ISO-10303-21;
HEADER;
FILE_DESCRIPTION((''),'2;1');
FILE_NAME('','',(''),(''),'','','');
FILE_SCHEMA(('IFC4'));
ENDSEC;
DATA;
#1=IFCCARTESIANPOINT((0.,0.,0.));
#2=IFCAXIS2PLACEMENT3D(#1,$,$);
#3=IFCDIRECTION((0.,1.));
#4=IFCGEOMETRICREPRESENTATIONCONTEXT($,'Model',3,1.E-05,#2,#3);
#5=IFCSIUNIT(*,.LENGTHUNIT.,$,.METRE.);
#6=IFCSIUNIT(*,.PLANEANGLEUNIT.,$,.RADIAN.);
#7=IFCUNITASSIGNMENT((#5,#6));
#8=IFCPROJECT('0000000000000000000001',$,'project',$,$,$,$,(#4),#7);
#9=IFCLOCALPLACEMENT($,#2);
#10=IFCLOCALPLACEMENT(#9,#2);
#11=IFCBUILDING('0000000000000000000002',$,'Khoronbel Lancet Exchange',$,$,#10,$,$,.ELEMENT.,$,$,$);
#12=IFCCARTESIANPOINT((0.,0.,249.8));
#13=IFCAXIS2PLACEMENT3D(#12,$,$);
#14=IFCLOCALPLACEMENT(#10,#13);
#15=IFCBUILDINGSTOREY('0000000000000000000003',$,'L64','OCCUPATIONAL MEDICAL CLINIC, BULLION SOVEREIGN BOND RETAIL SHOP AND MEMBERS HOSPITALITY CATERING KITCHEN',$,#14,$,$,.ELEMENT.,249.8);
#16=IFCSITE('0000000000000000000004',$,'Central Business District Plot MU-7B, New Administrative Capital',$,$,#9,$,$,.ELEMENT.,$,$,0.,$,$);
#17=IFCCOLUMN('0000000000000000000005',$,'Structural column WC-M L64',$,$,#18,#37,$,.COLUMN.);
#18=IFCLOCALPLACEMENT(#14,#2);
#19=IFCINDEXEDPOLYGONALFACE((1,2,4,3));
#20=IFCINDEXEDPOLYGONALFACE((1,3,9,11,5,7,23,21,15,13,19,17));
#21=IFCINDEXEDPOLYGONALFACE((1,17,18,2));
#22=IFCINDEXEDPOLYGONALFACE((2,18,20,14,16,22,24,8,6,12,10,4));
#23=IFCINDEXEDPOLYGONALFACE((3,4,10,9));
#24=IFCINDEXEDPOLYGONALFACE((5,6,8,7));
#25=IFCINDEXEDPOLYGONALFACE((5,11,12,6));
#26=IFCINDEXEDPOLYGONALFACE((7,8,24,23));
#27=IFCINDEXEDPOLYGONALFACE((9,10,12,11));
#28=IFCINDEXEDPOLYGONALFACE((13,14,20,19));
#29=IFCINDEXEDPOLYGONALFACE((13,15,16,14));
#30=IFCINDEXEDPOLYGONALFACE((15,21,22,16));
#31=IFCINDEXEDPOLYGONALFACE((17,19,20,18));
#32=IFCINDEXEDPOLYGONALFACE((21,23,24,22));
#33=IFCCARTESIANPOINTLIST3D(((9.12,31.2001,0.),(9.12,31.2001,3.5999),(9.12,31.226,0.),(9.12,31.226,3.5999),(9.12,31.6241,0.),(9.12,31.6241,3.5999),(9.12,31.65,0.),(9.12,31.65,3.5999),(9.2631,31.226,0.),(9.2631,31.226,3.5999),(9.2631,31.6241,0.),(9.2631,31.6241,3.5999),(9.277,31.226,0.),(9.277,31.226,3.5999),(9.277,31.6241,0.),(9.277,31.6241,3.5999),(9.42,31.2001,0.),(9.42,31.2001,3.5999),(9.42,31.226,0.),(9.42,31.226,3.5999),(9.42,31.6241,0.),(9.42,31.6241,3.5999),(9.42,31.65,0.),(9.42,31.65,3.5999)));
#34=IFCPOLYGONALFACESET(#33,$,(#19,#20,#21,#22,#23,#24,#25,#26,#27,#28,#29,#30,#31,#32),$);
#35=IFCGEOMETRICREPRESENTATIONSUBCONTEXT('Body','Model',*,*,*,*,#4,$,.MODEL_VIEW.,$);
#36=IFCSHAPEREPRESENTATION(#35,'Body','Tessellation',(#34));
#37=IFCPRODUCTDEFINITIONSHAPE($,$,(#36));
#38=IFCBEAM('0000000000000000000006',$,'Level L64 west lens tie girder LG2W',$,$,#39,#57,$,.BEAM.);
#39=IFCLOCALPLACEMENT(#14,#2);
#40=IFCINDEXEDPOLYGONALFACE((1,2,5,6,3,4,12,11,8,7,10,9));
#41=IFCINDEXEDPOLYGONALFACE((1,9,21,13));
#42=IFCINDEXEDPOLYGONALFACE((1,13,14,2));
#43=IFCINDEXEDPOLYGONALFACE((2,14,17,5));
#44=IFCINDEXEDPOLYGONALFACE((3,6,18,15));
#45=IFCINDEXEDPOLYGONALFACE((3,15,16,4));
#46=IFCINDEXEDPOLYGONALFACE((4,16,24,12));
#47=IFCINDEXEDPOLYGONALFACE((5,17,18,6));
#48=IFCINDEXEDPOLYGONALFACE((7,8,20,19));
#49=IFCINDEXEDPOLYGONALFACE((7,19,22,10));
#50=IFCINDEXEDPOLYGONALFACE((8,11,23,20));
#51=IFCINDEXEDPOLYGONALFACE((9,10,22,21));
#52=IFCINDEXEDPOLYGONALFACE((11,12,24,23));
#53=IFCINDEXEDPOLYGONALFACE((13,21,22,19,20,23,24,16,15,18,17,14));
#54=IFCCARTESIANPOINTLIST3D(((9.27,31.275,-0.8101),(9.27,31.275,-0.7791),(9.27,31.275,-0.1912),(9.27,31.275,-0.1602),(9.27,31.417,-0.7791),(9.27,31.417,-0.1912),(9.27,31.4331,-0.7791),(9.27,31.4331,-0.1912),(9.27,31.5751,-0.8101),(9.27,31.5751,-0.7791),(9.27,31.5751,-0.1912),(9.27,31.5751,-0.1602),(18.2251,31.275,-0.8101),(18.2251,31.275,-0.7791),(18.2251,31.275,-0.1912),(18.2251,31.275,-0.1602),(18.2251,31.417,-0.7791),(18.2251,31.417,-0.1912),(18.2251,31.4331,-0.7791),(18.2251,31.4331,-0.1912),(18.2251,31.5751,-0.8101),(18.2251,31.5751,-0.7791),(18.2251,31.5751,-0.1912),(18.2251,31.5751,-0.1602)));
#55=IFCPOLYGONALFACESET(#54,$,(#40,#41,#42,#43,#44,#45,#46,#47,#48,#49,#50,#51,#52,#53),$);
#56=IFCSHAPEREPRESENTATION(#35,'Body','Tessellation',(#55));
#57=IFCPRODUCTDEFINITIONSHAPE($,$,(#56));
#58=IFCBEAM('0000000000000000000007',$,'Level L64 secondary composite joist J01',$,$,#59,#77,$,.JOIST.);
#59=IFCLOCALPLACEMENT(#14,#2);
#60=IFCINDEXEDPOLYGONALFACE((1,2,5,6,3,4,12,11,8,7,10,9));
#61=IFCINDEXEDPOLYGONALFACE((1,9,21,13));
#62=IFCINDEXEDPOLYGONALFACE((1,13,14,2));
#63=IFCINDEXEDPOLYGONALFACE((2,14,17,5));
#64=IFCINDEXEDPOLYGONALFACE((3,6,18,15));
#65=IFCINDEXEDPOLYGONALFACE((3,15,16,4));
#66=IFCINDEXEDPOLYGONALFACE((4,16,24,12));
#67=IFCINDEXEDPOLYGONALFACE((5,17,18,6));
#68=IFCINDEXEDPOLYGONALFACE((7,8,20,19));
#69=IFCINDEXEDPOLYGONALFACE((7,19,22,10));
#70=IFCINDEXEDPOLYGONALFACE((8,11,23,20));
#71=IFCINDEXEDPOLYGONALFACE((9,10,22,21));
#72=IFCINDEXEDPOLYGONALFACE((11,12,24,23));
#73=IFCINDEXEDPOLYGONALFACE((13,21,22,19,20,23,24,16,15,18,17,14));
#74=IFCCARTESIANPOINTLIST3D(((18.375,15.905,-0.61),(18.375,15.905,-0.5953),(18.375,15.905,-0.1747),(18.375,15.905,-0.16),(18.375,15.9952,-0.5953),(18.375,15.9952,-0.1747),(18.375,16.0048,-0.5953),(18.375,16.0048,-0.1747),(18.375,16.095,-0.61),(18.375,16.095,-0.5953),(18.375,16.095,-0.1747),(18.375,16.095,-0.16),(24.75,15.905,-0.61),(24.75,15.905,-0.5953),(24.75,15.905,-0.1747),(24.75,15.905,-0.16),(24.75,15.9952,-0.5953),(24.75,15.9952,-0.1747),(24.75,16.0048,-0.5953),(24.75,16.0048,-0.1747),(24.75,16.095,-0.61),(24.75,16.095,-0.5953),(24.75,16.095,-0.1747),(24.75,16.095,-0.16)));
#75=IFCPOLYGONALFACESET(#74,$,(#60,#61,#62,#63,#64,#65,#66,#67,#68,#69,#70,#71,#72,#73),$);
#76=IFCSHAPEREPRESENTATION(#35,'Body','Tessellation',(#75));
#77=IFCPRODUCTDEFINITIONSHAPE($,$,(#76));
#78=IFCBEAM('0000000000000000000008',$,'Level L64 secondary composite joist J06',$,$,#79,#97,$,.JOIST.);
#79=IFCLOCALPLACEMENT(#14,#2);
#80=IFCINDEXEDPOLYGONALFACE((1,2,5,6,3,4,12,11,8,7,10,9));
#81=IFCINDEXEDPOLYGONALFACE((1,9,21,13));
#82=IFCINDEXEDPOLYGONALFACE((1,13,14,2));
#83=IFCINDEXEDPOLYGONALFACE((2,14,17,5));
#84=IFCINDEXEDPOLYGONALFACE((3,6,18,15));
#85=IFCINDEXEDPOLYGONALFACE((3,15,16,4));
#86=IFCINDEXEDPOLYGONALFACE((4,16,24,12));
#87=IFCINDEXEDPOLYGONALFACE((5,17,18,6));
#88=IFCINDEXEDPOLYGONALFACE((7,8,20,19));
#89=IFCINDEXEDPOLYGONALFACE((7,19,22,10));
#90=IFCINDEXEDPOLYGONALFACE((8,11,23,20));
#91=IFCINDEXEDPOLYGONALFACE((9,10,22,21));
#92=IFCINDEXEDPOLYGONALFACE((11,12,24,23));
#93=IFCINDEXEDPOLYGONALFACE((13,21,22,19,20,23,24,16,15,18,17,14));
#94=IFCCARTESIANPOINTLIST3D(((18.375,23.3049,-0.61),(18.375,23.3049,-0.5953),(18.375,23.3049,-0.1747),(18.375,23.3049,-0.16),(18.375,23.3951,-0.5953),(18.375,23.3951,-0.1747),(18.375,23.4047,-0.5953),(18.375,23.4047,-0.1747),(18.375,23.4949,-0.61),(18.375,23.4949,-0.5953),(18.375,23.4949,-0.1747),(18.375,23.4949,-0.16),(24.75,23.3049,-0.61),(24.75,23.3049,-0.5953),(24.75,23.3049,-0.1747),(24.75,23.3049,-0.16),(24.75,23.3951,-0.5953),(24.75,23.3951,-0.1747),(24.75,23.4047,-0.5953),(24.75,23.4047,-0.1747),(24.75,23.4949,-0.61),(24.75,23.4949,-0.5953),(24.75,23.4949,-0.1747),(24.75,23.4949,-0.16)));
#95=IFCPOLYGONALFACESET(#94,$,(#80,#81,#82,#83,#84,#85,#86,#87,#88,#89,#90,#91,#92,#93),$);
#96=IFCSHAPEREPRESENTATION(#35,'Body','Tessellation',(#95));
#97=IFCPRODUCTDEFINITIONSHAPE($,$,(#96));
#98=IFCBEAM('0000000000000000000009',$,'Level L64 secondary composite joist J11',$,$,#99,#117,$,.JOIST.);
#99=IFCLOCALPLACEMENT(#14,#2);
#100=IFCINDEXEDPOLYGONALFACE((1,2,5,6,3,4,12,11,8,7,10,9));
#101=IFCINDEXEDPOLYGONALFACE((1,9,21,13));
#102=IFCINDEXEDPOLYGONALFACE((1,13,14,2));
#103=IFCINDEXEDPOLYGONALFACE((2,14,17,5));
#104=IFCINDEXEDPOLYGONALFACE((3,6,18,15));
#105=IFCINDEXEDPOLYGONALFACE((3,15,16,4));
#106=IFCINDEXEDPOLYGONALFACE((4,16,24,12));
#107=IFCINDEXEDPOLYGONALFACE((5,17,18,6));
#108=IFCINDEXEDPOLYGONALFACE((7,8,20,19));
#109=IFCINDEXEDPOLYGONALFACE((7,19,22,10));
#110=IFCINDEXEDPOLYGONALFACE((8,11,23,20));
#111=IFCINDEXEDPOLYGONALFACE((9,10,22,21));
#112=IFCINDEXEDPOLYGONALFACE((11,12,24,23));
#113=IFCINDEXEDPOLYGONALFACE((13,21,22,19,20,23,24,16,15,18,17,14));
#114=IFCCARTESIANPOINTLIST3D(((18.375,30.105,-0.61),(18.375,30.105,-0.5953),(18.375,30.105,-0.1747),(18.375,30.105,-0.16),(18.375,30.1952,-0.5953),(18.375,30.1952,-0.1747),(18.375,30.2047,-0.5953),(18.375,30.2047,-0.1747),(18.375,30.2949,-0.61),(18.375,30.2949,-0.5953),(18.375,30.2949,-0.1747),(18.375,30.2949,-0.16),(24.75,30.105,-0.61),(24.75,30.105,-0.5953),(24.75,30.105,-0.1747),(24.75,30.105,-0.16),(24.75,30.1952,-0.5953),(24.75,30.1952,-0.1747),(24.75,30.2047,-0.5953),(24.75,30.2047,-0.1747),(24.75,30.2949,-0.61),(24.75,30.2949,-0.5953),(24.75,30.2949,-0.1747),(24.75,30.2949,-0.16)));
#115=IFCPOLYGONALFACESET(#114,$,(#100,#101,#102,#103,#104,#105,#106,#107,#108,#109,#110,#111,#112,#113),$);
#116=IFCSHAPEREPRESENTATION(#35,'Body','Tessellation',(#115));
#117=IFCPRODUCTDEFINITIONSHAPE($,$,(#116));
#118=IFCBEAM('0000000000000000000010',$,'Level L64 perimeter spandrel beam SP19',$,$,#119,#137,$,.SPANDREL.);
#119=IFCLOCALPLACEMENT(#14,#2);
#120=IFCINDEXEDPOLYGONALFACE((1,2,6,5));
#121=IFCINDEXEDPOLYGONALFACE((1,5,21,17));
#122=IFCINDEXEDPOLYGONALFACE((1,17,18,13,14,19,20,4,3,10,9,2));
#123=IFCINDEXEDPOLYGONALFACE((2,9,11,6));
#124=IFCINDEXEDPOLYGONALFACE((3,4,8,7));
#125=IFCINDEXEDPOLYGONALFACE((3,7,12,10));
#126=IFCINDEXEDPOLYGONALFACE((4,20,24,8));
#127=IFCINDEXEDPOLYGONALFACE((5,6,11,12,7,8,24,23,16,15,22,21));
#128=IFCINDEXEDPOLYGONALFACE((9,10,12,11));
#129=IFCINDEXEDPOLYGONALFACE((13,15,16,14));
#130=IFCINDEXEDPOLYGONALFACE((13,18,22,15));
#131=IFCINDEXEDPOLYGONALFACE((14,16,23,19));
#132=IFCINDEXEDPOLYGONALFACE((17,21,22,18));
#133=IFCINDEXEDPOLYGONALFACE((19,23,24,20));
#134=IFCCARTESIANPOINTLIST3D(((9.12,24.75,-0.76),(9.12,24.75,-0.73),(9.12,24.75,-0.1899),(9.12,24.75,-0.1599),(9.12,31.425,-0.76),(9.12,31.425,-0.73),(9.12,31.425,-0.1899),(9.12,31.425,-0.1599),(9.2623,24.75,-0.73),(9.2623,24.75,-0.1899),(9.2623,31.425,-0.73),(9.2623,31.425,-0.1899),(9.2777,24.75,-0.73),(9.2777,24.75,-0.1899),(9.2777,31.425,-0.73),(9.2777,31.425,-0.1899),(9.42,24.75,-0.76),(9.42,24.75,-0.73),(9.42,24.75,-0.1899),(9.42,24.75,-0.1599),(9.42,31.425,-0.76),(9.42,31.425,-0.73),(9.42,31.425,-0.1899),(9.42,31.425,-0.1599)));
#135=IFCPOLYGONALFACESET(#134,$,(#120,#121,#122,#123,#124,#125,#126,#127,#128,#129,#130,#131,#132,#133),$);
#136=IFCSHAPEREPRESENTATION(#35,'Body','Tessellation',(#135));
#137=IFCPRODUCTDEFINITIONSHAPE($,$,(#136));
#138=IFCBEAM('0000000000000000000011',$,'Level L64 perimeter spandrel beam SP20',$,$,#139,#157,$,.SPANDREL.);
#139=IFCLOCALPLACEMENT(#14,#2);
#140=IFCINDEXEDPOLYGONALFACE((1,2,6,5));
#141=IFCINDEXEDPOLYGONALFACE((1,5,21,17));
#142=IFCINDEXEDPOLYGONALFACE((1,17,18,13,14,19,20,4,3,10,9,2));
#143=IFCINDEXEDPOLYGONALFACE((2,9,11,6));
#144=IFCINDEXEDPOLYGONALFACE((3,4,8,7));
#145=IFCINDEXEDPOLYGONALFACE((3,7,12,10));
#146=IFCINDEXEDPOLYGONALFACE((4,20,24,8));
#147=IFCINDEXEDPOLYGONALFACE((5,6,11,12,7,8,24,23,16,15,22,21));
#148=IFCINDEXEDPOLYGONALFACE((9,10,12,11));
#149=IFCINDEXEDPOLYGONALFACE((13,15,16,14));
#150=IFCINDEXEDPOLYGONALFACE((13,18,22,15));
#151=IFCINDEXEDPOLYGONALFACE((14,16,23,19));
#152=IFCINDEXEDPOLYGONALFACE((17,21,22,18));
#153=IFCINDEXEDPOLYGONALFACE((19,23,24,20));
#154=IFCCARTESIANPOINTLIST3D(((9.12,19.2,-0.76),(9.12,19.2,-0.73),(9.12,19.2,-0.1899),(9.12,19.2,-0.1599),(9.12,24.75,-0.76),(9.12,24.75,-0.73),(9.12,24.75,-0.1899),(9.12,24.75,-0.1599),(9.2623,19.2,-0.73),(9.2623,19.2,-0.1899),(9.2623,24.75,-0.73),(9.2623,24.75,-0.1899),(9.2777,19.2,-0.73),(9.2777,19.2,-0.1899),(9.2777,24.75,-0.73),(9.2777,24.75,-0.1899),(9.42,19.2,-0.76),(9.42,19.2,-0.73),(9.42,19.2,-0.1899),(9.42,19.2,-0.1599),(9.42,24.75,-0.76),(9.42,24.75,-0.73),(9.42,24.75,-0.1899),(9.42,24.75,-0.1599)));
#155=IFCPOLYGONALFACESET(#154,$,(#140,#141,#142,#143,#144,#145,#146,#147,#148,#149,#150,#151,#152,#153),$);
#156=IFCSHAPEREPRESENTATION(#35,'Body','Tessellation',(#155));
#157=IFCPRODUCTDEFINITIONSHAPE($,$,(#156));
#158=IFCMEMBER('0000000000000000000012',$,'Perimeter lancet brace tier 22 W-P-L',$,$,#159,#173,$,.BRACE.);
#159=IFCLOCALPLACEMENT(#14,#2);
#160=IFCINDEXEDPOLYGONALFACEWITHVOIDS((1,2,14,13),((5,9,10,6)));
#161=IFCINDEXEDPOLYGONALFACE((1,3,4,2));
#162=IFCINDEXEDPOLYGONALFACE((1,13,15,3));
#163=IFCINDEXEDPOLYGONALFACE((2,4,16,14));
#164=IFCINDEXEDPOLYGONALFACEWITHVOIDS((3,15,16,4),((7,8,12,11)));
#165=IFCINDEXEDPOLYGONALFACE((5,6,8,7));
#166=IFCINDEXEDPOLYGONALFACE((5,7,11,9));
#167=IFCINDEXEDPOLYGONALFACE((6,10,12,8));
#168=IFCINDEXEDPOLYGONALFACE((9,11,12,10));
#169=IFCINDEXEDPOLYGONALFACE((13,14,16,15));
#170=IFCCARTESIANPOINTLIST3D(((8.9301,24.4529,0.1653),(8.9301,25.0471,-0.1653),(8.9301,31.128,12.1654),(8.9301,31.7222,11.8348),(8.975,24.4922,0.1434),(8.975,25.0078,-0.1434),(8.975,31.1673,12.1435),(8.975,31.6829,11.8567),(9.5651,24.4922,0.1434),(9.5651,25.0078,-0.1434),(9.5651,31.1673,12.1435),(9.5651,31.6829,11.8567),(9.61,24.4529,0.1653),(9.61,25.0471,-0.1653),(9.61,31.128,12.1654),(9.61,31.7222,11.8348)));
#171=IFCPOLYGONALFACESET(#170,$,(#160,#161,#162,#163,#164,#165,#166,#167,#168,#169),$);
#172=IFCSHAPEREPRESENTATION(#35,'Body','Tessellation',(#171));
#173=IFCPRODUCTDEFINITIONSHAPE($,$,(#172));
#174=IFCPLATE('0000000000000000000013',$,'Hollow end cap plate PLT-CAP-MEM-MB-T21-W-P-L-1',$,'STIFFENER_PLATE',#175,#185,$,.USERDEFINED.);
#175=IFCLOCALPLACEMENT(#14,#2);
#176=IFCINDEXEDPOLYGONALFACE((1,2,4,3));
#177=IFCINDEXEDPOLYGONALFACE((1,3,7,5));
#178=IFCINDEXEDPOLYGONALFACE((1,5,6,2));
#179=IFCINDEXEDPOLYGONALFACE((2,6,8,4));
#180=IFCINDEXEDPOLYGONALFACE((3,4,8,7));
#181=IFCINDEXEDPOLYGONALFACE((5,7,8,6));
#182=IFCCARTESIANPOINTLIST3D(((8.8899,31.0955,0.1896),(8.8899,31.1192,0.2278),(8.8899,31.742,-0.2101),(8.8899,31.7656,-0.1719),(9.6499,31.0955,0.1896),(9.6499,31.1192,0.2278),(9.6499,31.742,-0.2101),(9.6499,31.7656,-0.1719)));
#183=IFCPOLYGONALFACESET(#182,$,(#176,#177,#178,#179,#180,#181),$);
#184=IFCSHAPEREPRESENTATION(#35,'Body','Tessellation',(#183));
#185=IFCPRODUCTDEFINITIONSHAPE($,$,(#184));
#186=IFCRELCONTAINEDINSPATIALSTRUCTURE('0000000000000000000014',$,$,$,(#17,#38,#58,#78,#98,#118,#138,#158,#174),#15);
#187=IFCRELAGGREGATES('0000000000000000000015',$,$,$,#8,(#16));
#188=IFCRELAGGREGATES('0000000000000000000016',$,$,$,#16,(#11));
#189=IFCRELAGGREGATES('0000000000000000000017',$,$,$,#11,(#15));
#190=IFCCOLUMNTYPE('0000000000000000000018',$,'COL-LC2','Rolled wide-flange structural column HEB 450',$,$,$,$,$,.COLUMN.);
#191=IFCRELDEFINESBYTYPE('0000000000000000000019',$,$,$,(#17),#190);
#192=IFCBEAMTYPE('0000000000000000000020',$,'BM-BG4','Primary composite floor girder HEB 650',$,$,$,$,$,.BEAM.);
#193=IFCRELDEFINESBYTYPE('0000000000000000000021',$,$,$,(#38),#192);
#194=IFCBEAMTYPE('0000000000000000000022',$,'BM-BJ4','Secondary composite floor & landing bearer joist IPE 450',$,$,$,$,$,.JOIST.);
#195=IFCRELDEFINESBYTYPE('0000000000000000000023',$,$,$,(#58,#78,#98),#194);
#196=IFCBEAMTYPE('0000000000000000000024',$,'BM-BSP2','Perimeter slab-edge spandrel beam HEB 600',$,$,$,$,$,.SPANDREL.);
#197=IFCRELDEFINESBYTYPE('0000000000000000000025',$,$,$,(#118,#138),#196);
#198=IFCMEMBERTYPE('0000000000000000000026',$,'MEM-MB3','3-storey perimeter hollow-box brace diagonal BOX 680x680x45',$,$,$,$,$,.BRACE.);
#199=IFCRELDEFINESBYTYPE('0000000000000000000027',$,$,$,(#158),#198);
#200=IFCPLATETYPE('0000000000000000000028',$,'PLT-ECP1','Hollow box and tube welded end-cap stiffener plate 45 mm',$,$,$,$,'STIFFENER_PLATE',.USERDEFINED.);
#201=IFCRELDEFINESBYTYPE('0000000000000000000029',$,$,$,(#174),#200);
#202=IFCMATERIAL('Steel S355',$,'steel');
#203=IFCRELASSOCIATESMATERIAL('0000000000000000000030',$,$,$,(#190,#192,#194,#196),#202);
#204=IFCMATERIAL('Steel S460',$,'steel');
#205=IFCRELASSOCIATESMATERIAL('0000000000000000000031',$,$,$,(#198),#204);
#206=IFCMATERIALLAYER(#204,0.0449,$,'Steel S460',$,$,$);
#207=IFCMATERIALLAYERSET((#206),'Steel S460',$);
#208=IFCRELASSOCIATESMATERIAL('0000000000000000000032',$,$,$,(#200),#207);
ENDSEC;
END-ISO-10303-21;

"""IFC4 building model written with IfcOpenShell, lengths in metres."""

from ifc_helpers import new_model, si_unit, direction, frame, origin, origin_2d, place, context, subcontext, project, spatial, polyline, hollow_rectangle, i_section, outline, extrude, material, layer, layer_set, material_profile, profile_set, type_object, element, save


model = new_model("IFC4")

# Units and contexts
model_context = context("Model", 3, precision=1e-05, world=origin(), true_north=direction((0.0, 1.0)))
body_context = subcontext(model_context, "Body", "Model", "MODEL_VIEW")
ifc_project = project(units=[si_unit("LENGTHUNIT", "METRE"), si_unit("PLANEANGLEUNIT", "RADIAN")], contexts=[model_context])

# Site, building, storey
site_placement = place(None, origin())
site = spatial("IfcSite", under=ifc_project, at=site_placement, Name="Central Business District Plot MU-7B, New Administrative Capital", CompositionType="ELEMENT", RefElevation=0.0)
building_placement = place(site_placement, origin())
building = spatial("IfcBuilding", under=site, at=building_placement, Name="Khoronbel Lancet Exchange", CompositionType="ELEMENT")
storey_placement = place(building_placement, frame((0.0, 0.0, 249.8)))
storey = spatial("IfcBuildingStorey", under=building, at=storey_placement, Name="L64", Description="OCCUPATIONAL MEDICAL CLINIC, BULLION SOVEREIGN BOND RETAIL SHOP AND MEMBERS HOSPITALITY CATERING KITCHEN", CompositionType="ELEMENT", Elevation=249.8)

# Column
ifc_material_1 = material(Name="Steel S355", Category="steel")
ifc_material_profile_1 = material_profile(ifc_material_1, i_section(OverallWidth=0.3, OverallDepth=0.45, WebThickness=0.0139, FlangeThickness=0.0259, at=origin_2d()), Name="HEB 450")
ifc_profile_set_1 = profile_set([ifc_material_profile_1], Name="Steel S355")
column_type = type_object("IfcColumnType", Name="COL-LC2", Description="Rolled wide-flange structural column HEB 450", PredefinedType="COLUMN", material=ifc_profile_set_1)
column_placement = place(storey_placement, frame((9.27, 31.425, 0.0), z_axis=(0.0, 0.0, 1.0), x_axis=(1.0, 0.0, 0.0)))
element("IfcColumn", 1, at=column_placement, inside=storey, type_object=column_type, Name="Structural column WC-M L64", PredefinedType="COLUMN", context=body_context, shape_type="SweptSolid", body=[
    extrude(i_section(OverallWidth=0.3, OverallDepth=0.45, WebThickness=0.0139, FlangeThickness=0.0259, at=origin_2d()), origin(), (0.0, 0.0, 1.0), 3.5999),
])

# Beams
ifc_material_profile_2 = material_profile(ifc_material_1, i_section(OverallWidth=0.3, OverallDepth=0.6499, WebThickness=0.0161, FlangeThickness=0.031, at=origin_2d()), Name="HEB 650")
ifc_profile_set_2 = profile_set([ifc_material_profile_2], Name="Steel S355")
beam_type_1 = type_object("IfcBeamType", Name="BM-BG4", Description="Primary composite floor girder HEB 650", PredefinedType="BEAM", material=ifc_profile_set_2)
beam_1_placement = place(storey_placement, frame((9.27, 31.425, -0.4851), z_axis=(1.0, 0.0, 0.0), x_axis=(0.0, 1.0, 0.0)))
element("IfcBeam", 2, at=beam_1_placement, inside=storey, type_object=beam_type_1, Name="Level L64 west lens tie girder LG2W", PredefinedType="BEAM", context=body_context, shape_type="SweptSolid", body=[
    extrude(i_section(OverallWidth=0.3, OverallDepth=0.6499, WebThickness=0.0161, FlangeThickness=0.031, at=origin_2d()), origin(), (0.0, 0.0, 1.0), 8.9551),
])
ifc_material_profile_3 = material_profile(ifc_material_1, i_section(OverallWidth=0.1899, OverallDepth=0.45, WebThickness=0.0095, FlangeThickness=0.0146, at=origin_2d()), Name="IPE 450")
ifc_profile_set_3 = profile_set([ifc_material_profile_3], Name="Steel S355")
beam_type_2 = type_object("IfcBeamType", Name="BM-BJ4", Description="Secondary composite floor & landing bearer joist IPE 450", PredefinedType="JOIST", material=ifc_profile_set_3)
for number, where, z_axis, x_axis, name in (
    (3, (18.375, 16.0, -0.385), (1.0, 0.0, 0.0), (0.0, 1.0, 0.0), "Level L64 secondary composite joist J01"),
    (4, (18.375, 23.3999, -0.385), (1.0, 0.0, 0.0), (0.0, 1.0, 0.0), "Level L64 secondary composite joist J06"),
    (5, (18.375, 30.2, -0.385), (1.0, 0.0, 0.0), (0.0, 1.0, 0.0), "Level L64 secondary composite joist J11"),
):
    element("IfcBeam", number, at=place(storey_placement, frame(where, z_axis=z_axis, x_axis=x_axis)), inside=storey, type_object=beam_type_2, Name=name, PredefinedType="JOIST", context=body_context, shape_type="SweptSolid", body=[
        extrude(i_section(OverallWidth=0.1899, OverallDepth=0.45, WebThickness=0.0095, FlangeThickness=0.0146, at=origin_2d()), origin(), (0.0, 0.0, 1.0), 6.375),
    ])
ifc_material_profile_4 = material_profile(ifc_material_1, i_section(OverallWidth=0.3, OverallDepth=0.6001, WebThickness=0.0154, FlangeThickness=0.03, at=origin_2d()), Name="HEB 600")
ifc_profile_set_4 = profile_set([ifc_material_profile_4], Name="Steel S355")
beam_type_3 = type_object("IfcBeamType", Name="BM-BSP2", Description="Perimeter slab-edge spandrel beam HEB 600", PredefinedType="SPANDREL", material=ifc_profile_set_4)
beam_2_placement = place(storey_placement, frame((9.27, 31.425, -0.46), z_axis=(0.0, -1.0, 0.0), x_axis=(1.0, 0.0, 0.0)))
element("IfcBeam", 6, at=beam_2_placement, inside=storey, type_object=beam_type_3, Name="Level L64 perimeter spandrel beam SP19", PredefinedType="SPANDREL", context=body_context, shape_type="SweptSolid", body=[
    extrude(i_section(OverallWidth=0.3, OverallDepth=0.6001, WebThickness=0.0154, FlangeThickness=0.03, at=origin_2d()), origin(), (0.0, 0.0, 1.0), 6.675),
])
beam_3_placement = place(storey_placement, frame((9.27, 24.75, -0.46), z_axis=(0.0, -1.0, 0.0), x_axis=(1.0, 0.0, 0.0)))
element("IfcBeam", 7, at=beam_3_placement, inside=storey, type_object=beam_type_3, Name="Level L64 perimeter spandrel beam SP20", PredefinedType="SPANDREL", context=body_context, shape_type="SweptSolid", body=[
    extrude(i_section(OverallWidth=0.3, OverallDepth=0.6001, WebThickness=0.0154, FlangeThickness=0.03, at=origin_2d()), origin(), (0.0, 0.0, 1.0), 5.55),
])

# Member
ifc_material_2 = material(Name="Steel S460", Category="steel")
ifc_material_profile_5 = material_profile(ifc_material_2, hollow_rectangle(XDim=0.6799, YDim=0.6799, WallThickness=0.0449, at=origin_2d()), Name="BOX 680x680x45")
ifc_profile_set_5 = profile_set([ifc_material_profile_5], Name="Steel S460")
member_type = type_object("IfcMemberType", Name="MEM-MB3", Description="3-storey perimeter hollow-box brace diagonal BOX 680x680x45", PredefinedType="BRACE", material=ifc_profile_set_5)
member_placement = place(storey_placement, frame((9.27, 24.75, 0.0), z_axis=(0.0, 0.486109, 0.873898), x_axis=(-1.0, 0.0, 0.0)))
element("IfcMember", 8, at=member_placement, inside=storey, type_object=member_type, Name="Perimeter lancet brace tier 22 W-P-L", PredefinedType="BRACE", context=body_context, shape_type="SweptSolid", body=[
    extrude(hollow_rectangle(XDim=0.6799, YDim=0.6799, WallThickness=0.0449, at=origin_2d()), origin(), (0.0, 0.0, 1.0), 13.7317),
])

# Plate
ifc_layer_1 = layer(ifc_material_2, 0.0449, Name="Steel S460")
ifc_layer_set_1 = layer_set([ifc_layer_1], Name="Steel S460")
plate_type = type_object("IfcPlateType", Name="PLT-ECP1", Description="Hollow box and tube welded end-cap stiffener plate 45 mm", ElementType="STIFFENER_PLATE", PredefinedType="USERDEFINED", material=ifc_layer_set_1)
plate_1_placement = place(storey_placement, frame((9.6499, 31.7656, -0.1719), z_axis=(0.0, 0.525835, 0.850587), x_axis=(-1.0, 0.0, 0.0)))
element("IfcPlate", 9, at=plate_1_placement, inside=storey, type_object=plate_type, Name="Hollow end cap plate PLT-CAP-MEM-MB-T21-W-P-L-1", ObjectType="STIFFENER_PLATE", PredefinedType="USERDEFINED", context=body_context, shape_type="SweptSolid", body=[
    extrude(outline(polyline([(0.0, 0.0), (0.76, 0.0), (0.76, 0.76), (0.0, 0.76), (0.0, 0.0)])), origin(), (0.0, 0.0, -1.0), 0.0449),
])

save(model, "model.ifc")
